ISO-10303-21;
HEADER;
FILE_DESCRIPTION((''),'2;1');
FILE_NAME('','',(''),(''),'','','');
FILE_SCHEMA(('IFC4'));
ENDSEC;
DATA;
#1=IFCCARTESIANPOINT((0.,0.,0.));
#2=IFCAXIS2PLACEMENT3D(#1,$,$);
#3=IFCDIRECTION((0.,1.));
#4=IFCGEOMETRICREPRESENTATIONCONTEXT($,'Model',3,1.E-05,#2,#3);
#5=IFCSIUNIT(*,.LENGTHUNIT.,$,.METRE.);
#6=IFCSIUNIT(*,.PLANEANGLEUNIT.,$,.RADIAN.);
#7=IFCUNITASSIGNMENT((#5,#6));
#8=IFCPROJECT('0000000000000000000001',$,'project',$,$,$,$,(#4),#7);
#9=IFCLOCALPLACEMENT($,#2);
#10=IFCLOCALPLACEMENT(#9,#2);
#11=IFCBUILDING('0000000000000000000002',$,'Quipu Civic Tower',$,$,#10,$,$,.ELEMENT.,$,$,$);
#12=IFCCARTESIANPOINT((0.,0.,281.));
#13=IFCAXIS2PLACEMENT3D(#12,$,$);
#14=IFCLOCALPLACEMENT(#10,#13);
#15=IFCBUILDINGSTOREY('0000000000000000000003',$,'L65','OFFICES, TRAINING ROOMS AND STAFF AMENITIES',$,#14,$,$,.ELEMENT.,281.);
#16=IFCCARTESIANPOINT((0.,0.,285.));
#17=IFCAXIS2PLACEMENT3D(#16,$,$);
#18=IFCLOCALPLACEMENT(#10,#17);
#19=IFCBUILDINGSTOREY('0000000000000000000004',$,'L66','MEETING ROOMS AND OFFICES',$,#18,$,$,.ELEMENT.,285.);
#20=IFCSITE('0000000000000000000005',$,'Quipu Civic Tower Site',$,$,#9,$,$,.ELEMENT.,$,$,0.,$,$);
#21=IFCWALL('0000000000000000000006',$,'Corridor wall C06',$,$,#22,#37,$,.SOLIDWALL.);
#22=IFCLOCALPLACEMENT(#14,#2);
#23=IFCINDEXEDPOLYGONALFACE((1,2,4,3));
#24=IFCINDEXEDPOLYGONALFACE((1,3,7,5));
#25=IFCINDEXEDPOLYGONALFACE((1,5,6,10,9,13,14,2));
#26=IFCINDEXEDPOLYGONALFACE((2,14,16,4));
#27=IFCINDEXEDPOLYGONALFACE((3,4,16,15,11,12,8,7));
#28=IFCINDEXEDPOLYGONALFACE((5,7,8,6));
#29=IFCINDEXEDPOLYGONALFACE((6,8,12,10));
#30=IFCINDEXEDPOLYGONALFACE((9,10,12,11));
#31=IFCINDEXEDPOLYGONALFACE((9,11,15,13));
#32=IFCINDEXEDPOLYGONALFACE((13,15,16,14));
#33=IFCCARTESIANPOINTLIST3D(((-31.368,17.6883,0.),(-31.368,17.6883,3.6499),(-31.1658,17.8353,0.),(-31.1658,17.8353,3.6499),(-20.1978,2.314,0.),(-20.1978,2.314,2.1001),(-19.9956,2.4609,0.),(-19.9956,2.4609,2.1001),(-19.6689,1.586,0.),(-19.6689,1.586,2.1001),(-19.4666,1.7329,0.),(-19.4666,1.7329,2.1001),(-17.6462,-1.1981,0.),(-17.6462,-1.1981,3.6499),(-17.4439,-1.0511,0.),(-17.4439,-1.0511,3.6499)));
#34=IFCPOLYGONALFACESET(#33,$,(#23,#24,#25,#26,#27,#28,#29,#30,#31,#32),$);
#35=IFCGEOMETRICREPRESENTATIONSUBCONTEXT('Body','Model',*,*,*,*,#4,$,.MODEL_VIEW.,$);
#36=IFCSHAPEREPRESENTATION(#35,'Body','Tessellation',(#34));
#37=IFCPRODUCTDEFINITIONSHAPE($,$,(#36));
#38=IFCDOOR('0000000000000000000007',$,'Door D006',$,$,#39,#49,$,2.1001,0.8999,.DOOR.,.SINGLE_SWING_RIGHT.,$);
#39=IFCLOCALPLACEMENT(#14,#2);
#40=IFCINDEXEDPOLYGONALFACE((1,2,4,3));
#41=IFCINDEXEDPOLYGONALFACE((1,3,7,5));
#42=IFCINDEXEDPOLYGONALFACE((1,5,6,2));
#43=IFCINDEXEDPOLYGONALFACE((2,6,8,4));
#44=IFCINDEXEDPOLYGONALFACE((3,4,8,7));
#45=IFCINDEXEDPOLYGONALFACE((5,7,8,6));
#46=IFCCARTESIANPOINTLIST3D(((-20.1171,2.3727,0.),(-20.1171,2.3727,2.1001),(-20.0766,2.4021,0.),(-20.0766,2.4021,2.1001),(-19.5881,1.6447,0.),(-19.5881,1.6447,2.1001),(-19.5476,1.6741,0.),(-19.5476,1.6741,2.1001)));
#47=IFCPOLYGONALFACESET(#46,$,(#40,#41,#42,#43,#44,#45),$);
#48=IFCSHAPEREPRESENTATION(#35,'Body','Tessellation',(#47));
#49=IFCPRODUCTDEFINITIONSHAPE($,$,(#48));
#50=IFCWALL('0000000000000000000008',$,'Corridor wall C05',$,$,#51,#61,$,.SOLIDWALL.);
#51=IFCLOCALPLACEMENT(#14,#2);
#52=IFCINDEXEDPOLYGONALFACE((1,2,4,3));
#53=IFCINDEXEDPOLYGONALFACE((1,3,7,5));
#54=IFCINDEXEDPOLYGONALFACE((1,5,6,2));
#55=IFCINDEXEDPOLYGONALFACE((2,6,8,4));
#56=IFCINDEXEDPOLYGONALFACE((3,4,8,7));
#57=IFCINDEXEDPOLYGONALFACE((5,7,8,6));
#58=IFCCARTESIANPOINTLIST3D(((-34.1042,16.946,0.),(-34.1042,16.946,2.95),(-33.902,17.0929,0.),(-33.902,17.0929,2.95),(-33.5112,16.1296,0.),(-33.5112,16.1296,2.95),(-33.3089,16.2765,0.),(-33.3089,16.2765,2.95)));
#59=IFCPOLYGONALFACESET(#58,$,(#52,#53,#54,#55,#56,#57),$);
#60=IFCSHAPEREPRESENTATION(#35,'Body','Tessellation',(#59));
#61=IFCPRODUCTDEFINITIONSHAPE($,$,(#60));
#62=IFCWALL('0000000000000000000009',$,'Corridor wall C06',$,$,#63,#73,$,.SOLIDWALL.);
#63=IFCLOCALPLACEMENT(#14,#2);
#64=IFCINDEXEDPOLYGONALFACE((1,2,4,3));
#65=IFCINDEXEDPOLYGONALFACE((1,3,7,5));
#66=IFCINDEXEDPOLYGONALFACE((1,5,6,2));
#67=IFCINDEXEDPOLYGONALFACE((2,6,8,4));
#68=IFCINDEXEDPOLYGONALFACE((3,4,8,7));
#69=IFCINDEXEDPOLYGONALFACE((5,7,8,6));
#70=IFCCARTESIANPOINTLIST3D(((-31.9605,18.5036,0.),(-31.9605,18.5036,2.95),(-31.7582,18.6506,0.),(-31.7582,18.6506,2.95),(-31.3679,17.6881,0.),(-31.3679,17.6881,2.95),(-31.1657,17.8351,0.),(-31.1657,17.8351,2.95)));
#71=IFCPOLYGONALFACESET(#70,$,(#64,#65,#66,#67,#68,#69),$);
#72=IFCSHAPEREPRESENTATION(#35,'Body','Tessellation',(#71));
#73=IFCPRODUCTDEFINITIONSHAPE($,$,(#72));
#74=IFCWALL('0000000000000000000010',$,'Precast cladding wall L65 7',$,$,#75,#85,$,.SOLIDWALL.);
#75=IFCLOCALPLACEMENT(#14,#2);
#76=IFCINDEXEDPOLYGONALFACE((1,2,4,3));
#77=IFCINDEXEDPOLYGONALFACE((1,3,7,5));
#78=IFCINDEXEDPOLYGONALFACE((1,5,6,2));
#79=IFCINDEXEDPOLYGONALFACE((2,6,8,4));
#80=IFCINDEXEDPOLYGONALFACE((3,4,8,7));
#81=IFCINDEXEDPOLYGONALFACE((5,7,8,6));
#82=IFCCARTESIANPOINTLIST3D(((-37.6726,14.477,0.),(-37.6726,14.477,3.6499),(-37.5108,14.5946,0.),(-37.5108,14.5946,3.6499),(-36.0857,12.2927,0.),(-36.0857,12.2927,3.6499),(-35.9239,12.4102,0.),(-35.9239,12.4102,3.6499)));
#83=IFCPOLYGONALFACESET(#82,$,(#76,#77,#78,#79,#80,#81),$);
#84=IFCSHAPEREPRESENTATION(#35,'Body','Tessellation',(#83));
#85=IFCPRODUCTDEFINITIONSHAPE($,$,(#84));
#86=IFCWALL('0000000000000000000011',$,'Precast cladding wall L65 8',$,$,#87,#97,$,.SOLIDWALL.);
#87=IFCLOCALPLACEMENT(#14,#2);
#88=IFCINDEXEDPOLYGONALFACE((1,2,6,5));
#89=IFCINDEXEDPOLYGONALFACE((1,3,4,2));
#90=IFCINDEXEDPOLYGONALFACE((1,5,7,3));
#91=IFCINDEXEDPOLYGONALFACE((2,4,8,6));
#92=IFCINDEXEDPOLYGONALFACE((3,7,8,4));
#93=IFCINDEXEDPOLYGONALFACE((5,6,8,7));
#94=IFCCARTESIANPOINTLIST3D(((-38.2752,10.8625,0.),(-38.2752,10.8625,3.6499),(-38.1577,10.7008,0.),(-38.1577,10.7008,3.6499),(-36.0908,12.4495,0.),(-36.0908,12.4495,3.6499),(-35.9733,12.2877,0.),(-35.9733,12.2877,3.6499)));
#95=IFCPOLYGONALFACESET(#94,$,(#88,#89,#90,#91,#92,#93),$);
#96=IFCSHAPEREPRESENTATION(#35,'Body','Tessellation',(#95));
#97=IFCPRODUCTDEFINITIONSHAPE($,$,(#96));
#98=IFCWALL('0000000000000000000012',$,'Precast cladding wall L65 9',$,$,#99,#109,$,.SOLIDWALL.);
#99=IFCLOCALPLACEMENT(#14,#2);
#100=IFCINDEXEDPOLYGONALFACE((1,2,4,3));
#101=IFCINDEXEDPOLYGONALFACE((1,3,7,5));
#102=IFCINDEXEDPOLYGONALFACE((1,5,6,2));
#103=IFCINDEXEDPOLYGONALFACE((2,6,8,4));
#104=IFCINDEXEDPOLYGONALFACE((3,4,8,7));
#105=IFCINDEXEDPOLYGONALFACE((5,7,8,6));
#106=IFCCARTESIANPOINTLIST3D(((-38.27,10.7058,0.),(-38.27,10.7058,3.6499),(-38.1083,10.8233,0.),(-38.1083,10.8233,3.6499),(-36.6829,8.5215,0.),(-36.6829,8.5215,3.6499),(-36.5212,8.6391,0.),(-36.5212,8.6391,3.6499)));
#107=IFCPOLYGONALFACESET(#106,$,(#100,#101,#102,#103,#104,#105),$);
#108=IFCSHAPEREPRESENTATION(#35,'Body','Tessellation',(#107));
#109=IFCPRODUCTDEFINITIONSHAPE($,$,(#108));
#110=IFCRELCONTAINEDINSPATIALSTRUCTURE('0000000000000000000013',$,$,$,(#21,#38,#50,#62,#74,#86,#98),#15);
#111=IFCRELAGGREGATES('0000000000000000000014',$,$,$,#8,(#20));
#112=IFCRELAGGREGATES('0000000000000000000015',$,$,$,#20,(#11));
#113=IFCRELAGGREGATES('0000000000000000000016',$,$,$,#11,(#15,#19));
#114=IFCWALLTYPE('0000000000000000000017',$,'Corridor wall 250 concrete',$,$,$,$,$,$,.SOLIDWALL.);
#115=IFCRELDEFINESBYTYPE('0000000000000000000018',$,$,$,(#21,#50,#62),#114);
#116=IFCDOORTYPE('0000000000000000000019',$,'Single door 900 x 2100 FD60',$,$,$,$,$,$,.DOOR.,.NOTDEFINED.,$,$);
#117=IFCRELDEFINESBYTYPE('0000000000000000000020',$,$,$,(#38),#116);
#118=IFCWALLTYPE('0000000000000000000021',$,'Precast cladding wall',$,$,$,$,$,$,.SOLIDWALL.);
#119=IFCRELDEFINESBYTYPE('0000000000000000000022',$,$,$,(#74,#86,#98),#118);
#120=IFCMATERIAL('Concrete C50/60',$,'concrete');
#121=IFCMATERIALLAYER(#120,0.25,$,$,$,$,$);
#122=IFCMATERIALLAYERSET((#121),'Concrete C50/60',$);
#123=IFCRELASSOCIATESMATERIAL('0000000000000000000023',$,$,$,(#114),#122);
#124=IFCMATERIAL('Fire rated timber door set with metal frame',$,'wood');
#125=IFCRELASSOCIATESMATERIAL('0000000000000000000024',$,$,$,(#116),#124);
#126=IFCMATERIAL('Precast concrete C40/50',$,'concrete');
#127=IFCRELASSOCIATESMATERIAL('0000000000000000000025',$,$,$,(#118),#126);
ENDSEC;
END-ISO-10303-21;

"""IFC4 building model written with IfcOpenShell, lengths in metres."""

from ifc_helpers import new_model, si_unit, direction, frame, frame_2d, origin, place, context, subcontext, project, spatial, rectangle, extrude, material, layer, layer_set, type_object, element, fill, save


model = new_model("IFC4")

# Units and contexts
model_context = context("Model", 3, precision=1e-05, world=origin(), true_north=direction((0.0, 1.0)))
body_context = subcontext(model_context, "Body", "Model", "MODEL_VIEW")
ifc_project = project(units=[si_unit("LENGTHUNIT", "METRE"), si_unit("PLANEANGLEUNIT", "RADIAN")], contexts=[model_context])

# Site, building, storey
site_placement = place(None, origin())
site = spatial("IfcSite", under=ifc_project, at=site_placement, Name="Quipu Civic Tower Site", CompositionType="ELEMENT", RefElevation=0.0)
building_placement = place(site_placement, origin())
building = spatial("IfcBuilding", under=site, at=building_placement, Name="Quipu Civic Tower", CompositionType="ELEMENT")
storey_1_placement = place(building_placement, frame((0.0, 0.0, 281.0)))
storey_1 = spatial("IfcBuildingStorey", under=building, at=storey_1_placement, Name="L65", Description="OFFICES, TRAINING ROOMS AND STAFF AMENITIES", CompositionType="ELEMENT", Elevation=281.0)

# Shared definitions
storey_2_placement = place(building_placement, frame((0.0, 0.0, 285.0)))
storey_2 = spatial("IfcBuildingStorey", under=building, at=storey_2_placement, Name="L66", Description="MEETING ROOMS AND OFFICES", CompositionType="ELEMENT", Elevation=285.0)

# Wall, opening, door
ifc_material_1 = material(Name="Concrete C50/60", Category="concrete")
ifc_layer_1 = layer(ifc_material_1, 0.25)
ifc_layer_set_1 = layer_set([ifc_layer_1], Name="Concrete C50/60")
wall_type_1 = type_object("IfcWallType", Name="Corridor wall 250 concrete", PredefinedType="SOLIDWALL", material=ifc_layer_set_1)
wall_1_placement = place(storey_1_placement, frame((-31.2668, 17.7617, 0.0), z_axis=(0.0, 0.0, 1.0), x_axis=(0.587788, -0.809015, 0.0)))
wall_1 = element("IfcWall", 1, at=wall_1_placement, inside=storey_1, type_object=wall_type_1, Name="Corridor wall C06", PredefinedType="SOLIDWALL", context=body_context, shape_type="SweptSolid", body=[
    extrude(rectangle(XDim=23.345, YDim=0.25, at=frame_2d((11.6724, 0.0))), origin(), (0.0, 0.0, 1.0), 3.6499),
])
opening_placement = place(wall_1_placement, frame((19.0037, 0.0, 0.0)))
opening = element("IfcOpeningElement", 2, at=opening_placement, cuts=wall_1, PredefinedType="OPENING", context=body_context, shape_type="SweptSolid", body=[
    extrude(rectangle(XDim=0.8999, YDim=2.1001, at=frame_2d((0.45, 1.05))), frame((0.0, 0.135, 0.0), z_axis=(0.0, -1.0, 0.0), x_axis=(1.0, 0.0, 0.0)), (0.0, 0.0, 1.0), 0.27),
])
ifc_material_2 = material(Name="Fire rated timber door set with metal frame", Category="wood")
door_type = type_object("IfcDoorType", Name="Single door 900 x 2100 FD60", OperationType="NOTDEFINED", PredefinedType="DOOR", material=ifc_material_2)
door_placement = place(opening_placement, origin())
door = element("IfcDoor", 3, at=door_placement, inside=storey_1, type_object=door_type, Name="Door D006", OperationType="SINGLE_SWING_RIGHT", OverallHeight=2.1001, OverallWidth=0.8999, PredefinedType="DOOR", context=body_context, shape_type="SweptSolid", body=[
    extrude(rectangle(XDim=0.8999, YDim=2.1001, at=frame_2d((0.45, 1.05))), frame((0.0, 0.0249, 0.0), z_axis=(0.0, -1.0, 0.0), x_axis=(1.0, 0.0, 0.0)), (0.0, 0.0, 1.0), 0.05),
])
fill(opening, door)

# Walls
wall_2_placement = place(storey_1_placement, frame((-33.4102, 16.2031, 0.0), z_axis=(0.0, 0.0, 1.0), x_axis=(-0.587697, 0.809081, 0.0)))
element("IfcWall", 4, at=wall_2_placement, inside=storey_1, type_object=wall_type_1, Name="Corridor wall C05", PredefinedType="SOLIDWALL", context=body_context, shape_type="SweptSolid", body=[
    extrude(rectangle(XDim=1.009, YDim=0.25, at=frame_2d((0.5044, 0.0))), origin(), (0.0, 0.0, 1.0), 2.95),
])
wall_3_placement = place(storey_1_placement, frame((-31.2668, 17.7617, 0.0), z_axis=(0.0, 0.0, 1.0), x_axis=(-0.58784, 0.808977, 0.0)))
element("IfcWall", 5, at=wall_3_placement, inside=storey_1, type_object=wall_type_1, Name="Corridor wall C06", PredefinedType="SOLIDWALL", context=body_context, shape_type="SweptSolid", body=[
    extrude(rectangle(XDim=1.0081, YDim=0.25, at=frame_2d((0.5039, 0.0))), origin(), (0.0, 0.0, 1.0), 2.95),
])
ifc_material_3 = material(Name="Precast concrete C40/50", Category="concrete")
wall_type_2 = type_object("IfcWallType", Name="Precast cladding wall", PredefinedType="SOLIDWALL", material=ifc_material_3)
for number, where, z_axis, x_axis, name in (
    (6, (-37.5918, 14.5359, 0.0), (0.0, 0.0, 1.0), (0.587763, -0.809033, 0.0), "Precast cladding wall L65 7"),
    (7, (-36.032, 12.3687, 0.0), (0.0, 0.0, 1.0), (-0.809033, -0.587763, 0.0), "Precast cladding wall L65 8"),
    (8, (-38.1892, 10.7646, 0.0), (0.0, 0.0, 1.0), (0.587822, -0.80899, 0.0), "Precast cladding wall L65 9"),
):
    element("IfcWall", number, at=place(storey_1_placement, frame(where, z_axis=z_axis, x_axis=x_axis)), inside=storey_1, type_object=wall_type_2, Name=name, PredefinedType="SOLIDWALL", context=body_context, shape_type="SweptSolid", body=[
        extrude(rectangle(XDim=2.7, YDim=0.2, at=frame_2d((1.3501, 0.0))), origin(), (0.0, 0.0, 1.0), 3.6499),
    ])

save(model, "model.ifc")
